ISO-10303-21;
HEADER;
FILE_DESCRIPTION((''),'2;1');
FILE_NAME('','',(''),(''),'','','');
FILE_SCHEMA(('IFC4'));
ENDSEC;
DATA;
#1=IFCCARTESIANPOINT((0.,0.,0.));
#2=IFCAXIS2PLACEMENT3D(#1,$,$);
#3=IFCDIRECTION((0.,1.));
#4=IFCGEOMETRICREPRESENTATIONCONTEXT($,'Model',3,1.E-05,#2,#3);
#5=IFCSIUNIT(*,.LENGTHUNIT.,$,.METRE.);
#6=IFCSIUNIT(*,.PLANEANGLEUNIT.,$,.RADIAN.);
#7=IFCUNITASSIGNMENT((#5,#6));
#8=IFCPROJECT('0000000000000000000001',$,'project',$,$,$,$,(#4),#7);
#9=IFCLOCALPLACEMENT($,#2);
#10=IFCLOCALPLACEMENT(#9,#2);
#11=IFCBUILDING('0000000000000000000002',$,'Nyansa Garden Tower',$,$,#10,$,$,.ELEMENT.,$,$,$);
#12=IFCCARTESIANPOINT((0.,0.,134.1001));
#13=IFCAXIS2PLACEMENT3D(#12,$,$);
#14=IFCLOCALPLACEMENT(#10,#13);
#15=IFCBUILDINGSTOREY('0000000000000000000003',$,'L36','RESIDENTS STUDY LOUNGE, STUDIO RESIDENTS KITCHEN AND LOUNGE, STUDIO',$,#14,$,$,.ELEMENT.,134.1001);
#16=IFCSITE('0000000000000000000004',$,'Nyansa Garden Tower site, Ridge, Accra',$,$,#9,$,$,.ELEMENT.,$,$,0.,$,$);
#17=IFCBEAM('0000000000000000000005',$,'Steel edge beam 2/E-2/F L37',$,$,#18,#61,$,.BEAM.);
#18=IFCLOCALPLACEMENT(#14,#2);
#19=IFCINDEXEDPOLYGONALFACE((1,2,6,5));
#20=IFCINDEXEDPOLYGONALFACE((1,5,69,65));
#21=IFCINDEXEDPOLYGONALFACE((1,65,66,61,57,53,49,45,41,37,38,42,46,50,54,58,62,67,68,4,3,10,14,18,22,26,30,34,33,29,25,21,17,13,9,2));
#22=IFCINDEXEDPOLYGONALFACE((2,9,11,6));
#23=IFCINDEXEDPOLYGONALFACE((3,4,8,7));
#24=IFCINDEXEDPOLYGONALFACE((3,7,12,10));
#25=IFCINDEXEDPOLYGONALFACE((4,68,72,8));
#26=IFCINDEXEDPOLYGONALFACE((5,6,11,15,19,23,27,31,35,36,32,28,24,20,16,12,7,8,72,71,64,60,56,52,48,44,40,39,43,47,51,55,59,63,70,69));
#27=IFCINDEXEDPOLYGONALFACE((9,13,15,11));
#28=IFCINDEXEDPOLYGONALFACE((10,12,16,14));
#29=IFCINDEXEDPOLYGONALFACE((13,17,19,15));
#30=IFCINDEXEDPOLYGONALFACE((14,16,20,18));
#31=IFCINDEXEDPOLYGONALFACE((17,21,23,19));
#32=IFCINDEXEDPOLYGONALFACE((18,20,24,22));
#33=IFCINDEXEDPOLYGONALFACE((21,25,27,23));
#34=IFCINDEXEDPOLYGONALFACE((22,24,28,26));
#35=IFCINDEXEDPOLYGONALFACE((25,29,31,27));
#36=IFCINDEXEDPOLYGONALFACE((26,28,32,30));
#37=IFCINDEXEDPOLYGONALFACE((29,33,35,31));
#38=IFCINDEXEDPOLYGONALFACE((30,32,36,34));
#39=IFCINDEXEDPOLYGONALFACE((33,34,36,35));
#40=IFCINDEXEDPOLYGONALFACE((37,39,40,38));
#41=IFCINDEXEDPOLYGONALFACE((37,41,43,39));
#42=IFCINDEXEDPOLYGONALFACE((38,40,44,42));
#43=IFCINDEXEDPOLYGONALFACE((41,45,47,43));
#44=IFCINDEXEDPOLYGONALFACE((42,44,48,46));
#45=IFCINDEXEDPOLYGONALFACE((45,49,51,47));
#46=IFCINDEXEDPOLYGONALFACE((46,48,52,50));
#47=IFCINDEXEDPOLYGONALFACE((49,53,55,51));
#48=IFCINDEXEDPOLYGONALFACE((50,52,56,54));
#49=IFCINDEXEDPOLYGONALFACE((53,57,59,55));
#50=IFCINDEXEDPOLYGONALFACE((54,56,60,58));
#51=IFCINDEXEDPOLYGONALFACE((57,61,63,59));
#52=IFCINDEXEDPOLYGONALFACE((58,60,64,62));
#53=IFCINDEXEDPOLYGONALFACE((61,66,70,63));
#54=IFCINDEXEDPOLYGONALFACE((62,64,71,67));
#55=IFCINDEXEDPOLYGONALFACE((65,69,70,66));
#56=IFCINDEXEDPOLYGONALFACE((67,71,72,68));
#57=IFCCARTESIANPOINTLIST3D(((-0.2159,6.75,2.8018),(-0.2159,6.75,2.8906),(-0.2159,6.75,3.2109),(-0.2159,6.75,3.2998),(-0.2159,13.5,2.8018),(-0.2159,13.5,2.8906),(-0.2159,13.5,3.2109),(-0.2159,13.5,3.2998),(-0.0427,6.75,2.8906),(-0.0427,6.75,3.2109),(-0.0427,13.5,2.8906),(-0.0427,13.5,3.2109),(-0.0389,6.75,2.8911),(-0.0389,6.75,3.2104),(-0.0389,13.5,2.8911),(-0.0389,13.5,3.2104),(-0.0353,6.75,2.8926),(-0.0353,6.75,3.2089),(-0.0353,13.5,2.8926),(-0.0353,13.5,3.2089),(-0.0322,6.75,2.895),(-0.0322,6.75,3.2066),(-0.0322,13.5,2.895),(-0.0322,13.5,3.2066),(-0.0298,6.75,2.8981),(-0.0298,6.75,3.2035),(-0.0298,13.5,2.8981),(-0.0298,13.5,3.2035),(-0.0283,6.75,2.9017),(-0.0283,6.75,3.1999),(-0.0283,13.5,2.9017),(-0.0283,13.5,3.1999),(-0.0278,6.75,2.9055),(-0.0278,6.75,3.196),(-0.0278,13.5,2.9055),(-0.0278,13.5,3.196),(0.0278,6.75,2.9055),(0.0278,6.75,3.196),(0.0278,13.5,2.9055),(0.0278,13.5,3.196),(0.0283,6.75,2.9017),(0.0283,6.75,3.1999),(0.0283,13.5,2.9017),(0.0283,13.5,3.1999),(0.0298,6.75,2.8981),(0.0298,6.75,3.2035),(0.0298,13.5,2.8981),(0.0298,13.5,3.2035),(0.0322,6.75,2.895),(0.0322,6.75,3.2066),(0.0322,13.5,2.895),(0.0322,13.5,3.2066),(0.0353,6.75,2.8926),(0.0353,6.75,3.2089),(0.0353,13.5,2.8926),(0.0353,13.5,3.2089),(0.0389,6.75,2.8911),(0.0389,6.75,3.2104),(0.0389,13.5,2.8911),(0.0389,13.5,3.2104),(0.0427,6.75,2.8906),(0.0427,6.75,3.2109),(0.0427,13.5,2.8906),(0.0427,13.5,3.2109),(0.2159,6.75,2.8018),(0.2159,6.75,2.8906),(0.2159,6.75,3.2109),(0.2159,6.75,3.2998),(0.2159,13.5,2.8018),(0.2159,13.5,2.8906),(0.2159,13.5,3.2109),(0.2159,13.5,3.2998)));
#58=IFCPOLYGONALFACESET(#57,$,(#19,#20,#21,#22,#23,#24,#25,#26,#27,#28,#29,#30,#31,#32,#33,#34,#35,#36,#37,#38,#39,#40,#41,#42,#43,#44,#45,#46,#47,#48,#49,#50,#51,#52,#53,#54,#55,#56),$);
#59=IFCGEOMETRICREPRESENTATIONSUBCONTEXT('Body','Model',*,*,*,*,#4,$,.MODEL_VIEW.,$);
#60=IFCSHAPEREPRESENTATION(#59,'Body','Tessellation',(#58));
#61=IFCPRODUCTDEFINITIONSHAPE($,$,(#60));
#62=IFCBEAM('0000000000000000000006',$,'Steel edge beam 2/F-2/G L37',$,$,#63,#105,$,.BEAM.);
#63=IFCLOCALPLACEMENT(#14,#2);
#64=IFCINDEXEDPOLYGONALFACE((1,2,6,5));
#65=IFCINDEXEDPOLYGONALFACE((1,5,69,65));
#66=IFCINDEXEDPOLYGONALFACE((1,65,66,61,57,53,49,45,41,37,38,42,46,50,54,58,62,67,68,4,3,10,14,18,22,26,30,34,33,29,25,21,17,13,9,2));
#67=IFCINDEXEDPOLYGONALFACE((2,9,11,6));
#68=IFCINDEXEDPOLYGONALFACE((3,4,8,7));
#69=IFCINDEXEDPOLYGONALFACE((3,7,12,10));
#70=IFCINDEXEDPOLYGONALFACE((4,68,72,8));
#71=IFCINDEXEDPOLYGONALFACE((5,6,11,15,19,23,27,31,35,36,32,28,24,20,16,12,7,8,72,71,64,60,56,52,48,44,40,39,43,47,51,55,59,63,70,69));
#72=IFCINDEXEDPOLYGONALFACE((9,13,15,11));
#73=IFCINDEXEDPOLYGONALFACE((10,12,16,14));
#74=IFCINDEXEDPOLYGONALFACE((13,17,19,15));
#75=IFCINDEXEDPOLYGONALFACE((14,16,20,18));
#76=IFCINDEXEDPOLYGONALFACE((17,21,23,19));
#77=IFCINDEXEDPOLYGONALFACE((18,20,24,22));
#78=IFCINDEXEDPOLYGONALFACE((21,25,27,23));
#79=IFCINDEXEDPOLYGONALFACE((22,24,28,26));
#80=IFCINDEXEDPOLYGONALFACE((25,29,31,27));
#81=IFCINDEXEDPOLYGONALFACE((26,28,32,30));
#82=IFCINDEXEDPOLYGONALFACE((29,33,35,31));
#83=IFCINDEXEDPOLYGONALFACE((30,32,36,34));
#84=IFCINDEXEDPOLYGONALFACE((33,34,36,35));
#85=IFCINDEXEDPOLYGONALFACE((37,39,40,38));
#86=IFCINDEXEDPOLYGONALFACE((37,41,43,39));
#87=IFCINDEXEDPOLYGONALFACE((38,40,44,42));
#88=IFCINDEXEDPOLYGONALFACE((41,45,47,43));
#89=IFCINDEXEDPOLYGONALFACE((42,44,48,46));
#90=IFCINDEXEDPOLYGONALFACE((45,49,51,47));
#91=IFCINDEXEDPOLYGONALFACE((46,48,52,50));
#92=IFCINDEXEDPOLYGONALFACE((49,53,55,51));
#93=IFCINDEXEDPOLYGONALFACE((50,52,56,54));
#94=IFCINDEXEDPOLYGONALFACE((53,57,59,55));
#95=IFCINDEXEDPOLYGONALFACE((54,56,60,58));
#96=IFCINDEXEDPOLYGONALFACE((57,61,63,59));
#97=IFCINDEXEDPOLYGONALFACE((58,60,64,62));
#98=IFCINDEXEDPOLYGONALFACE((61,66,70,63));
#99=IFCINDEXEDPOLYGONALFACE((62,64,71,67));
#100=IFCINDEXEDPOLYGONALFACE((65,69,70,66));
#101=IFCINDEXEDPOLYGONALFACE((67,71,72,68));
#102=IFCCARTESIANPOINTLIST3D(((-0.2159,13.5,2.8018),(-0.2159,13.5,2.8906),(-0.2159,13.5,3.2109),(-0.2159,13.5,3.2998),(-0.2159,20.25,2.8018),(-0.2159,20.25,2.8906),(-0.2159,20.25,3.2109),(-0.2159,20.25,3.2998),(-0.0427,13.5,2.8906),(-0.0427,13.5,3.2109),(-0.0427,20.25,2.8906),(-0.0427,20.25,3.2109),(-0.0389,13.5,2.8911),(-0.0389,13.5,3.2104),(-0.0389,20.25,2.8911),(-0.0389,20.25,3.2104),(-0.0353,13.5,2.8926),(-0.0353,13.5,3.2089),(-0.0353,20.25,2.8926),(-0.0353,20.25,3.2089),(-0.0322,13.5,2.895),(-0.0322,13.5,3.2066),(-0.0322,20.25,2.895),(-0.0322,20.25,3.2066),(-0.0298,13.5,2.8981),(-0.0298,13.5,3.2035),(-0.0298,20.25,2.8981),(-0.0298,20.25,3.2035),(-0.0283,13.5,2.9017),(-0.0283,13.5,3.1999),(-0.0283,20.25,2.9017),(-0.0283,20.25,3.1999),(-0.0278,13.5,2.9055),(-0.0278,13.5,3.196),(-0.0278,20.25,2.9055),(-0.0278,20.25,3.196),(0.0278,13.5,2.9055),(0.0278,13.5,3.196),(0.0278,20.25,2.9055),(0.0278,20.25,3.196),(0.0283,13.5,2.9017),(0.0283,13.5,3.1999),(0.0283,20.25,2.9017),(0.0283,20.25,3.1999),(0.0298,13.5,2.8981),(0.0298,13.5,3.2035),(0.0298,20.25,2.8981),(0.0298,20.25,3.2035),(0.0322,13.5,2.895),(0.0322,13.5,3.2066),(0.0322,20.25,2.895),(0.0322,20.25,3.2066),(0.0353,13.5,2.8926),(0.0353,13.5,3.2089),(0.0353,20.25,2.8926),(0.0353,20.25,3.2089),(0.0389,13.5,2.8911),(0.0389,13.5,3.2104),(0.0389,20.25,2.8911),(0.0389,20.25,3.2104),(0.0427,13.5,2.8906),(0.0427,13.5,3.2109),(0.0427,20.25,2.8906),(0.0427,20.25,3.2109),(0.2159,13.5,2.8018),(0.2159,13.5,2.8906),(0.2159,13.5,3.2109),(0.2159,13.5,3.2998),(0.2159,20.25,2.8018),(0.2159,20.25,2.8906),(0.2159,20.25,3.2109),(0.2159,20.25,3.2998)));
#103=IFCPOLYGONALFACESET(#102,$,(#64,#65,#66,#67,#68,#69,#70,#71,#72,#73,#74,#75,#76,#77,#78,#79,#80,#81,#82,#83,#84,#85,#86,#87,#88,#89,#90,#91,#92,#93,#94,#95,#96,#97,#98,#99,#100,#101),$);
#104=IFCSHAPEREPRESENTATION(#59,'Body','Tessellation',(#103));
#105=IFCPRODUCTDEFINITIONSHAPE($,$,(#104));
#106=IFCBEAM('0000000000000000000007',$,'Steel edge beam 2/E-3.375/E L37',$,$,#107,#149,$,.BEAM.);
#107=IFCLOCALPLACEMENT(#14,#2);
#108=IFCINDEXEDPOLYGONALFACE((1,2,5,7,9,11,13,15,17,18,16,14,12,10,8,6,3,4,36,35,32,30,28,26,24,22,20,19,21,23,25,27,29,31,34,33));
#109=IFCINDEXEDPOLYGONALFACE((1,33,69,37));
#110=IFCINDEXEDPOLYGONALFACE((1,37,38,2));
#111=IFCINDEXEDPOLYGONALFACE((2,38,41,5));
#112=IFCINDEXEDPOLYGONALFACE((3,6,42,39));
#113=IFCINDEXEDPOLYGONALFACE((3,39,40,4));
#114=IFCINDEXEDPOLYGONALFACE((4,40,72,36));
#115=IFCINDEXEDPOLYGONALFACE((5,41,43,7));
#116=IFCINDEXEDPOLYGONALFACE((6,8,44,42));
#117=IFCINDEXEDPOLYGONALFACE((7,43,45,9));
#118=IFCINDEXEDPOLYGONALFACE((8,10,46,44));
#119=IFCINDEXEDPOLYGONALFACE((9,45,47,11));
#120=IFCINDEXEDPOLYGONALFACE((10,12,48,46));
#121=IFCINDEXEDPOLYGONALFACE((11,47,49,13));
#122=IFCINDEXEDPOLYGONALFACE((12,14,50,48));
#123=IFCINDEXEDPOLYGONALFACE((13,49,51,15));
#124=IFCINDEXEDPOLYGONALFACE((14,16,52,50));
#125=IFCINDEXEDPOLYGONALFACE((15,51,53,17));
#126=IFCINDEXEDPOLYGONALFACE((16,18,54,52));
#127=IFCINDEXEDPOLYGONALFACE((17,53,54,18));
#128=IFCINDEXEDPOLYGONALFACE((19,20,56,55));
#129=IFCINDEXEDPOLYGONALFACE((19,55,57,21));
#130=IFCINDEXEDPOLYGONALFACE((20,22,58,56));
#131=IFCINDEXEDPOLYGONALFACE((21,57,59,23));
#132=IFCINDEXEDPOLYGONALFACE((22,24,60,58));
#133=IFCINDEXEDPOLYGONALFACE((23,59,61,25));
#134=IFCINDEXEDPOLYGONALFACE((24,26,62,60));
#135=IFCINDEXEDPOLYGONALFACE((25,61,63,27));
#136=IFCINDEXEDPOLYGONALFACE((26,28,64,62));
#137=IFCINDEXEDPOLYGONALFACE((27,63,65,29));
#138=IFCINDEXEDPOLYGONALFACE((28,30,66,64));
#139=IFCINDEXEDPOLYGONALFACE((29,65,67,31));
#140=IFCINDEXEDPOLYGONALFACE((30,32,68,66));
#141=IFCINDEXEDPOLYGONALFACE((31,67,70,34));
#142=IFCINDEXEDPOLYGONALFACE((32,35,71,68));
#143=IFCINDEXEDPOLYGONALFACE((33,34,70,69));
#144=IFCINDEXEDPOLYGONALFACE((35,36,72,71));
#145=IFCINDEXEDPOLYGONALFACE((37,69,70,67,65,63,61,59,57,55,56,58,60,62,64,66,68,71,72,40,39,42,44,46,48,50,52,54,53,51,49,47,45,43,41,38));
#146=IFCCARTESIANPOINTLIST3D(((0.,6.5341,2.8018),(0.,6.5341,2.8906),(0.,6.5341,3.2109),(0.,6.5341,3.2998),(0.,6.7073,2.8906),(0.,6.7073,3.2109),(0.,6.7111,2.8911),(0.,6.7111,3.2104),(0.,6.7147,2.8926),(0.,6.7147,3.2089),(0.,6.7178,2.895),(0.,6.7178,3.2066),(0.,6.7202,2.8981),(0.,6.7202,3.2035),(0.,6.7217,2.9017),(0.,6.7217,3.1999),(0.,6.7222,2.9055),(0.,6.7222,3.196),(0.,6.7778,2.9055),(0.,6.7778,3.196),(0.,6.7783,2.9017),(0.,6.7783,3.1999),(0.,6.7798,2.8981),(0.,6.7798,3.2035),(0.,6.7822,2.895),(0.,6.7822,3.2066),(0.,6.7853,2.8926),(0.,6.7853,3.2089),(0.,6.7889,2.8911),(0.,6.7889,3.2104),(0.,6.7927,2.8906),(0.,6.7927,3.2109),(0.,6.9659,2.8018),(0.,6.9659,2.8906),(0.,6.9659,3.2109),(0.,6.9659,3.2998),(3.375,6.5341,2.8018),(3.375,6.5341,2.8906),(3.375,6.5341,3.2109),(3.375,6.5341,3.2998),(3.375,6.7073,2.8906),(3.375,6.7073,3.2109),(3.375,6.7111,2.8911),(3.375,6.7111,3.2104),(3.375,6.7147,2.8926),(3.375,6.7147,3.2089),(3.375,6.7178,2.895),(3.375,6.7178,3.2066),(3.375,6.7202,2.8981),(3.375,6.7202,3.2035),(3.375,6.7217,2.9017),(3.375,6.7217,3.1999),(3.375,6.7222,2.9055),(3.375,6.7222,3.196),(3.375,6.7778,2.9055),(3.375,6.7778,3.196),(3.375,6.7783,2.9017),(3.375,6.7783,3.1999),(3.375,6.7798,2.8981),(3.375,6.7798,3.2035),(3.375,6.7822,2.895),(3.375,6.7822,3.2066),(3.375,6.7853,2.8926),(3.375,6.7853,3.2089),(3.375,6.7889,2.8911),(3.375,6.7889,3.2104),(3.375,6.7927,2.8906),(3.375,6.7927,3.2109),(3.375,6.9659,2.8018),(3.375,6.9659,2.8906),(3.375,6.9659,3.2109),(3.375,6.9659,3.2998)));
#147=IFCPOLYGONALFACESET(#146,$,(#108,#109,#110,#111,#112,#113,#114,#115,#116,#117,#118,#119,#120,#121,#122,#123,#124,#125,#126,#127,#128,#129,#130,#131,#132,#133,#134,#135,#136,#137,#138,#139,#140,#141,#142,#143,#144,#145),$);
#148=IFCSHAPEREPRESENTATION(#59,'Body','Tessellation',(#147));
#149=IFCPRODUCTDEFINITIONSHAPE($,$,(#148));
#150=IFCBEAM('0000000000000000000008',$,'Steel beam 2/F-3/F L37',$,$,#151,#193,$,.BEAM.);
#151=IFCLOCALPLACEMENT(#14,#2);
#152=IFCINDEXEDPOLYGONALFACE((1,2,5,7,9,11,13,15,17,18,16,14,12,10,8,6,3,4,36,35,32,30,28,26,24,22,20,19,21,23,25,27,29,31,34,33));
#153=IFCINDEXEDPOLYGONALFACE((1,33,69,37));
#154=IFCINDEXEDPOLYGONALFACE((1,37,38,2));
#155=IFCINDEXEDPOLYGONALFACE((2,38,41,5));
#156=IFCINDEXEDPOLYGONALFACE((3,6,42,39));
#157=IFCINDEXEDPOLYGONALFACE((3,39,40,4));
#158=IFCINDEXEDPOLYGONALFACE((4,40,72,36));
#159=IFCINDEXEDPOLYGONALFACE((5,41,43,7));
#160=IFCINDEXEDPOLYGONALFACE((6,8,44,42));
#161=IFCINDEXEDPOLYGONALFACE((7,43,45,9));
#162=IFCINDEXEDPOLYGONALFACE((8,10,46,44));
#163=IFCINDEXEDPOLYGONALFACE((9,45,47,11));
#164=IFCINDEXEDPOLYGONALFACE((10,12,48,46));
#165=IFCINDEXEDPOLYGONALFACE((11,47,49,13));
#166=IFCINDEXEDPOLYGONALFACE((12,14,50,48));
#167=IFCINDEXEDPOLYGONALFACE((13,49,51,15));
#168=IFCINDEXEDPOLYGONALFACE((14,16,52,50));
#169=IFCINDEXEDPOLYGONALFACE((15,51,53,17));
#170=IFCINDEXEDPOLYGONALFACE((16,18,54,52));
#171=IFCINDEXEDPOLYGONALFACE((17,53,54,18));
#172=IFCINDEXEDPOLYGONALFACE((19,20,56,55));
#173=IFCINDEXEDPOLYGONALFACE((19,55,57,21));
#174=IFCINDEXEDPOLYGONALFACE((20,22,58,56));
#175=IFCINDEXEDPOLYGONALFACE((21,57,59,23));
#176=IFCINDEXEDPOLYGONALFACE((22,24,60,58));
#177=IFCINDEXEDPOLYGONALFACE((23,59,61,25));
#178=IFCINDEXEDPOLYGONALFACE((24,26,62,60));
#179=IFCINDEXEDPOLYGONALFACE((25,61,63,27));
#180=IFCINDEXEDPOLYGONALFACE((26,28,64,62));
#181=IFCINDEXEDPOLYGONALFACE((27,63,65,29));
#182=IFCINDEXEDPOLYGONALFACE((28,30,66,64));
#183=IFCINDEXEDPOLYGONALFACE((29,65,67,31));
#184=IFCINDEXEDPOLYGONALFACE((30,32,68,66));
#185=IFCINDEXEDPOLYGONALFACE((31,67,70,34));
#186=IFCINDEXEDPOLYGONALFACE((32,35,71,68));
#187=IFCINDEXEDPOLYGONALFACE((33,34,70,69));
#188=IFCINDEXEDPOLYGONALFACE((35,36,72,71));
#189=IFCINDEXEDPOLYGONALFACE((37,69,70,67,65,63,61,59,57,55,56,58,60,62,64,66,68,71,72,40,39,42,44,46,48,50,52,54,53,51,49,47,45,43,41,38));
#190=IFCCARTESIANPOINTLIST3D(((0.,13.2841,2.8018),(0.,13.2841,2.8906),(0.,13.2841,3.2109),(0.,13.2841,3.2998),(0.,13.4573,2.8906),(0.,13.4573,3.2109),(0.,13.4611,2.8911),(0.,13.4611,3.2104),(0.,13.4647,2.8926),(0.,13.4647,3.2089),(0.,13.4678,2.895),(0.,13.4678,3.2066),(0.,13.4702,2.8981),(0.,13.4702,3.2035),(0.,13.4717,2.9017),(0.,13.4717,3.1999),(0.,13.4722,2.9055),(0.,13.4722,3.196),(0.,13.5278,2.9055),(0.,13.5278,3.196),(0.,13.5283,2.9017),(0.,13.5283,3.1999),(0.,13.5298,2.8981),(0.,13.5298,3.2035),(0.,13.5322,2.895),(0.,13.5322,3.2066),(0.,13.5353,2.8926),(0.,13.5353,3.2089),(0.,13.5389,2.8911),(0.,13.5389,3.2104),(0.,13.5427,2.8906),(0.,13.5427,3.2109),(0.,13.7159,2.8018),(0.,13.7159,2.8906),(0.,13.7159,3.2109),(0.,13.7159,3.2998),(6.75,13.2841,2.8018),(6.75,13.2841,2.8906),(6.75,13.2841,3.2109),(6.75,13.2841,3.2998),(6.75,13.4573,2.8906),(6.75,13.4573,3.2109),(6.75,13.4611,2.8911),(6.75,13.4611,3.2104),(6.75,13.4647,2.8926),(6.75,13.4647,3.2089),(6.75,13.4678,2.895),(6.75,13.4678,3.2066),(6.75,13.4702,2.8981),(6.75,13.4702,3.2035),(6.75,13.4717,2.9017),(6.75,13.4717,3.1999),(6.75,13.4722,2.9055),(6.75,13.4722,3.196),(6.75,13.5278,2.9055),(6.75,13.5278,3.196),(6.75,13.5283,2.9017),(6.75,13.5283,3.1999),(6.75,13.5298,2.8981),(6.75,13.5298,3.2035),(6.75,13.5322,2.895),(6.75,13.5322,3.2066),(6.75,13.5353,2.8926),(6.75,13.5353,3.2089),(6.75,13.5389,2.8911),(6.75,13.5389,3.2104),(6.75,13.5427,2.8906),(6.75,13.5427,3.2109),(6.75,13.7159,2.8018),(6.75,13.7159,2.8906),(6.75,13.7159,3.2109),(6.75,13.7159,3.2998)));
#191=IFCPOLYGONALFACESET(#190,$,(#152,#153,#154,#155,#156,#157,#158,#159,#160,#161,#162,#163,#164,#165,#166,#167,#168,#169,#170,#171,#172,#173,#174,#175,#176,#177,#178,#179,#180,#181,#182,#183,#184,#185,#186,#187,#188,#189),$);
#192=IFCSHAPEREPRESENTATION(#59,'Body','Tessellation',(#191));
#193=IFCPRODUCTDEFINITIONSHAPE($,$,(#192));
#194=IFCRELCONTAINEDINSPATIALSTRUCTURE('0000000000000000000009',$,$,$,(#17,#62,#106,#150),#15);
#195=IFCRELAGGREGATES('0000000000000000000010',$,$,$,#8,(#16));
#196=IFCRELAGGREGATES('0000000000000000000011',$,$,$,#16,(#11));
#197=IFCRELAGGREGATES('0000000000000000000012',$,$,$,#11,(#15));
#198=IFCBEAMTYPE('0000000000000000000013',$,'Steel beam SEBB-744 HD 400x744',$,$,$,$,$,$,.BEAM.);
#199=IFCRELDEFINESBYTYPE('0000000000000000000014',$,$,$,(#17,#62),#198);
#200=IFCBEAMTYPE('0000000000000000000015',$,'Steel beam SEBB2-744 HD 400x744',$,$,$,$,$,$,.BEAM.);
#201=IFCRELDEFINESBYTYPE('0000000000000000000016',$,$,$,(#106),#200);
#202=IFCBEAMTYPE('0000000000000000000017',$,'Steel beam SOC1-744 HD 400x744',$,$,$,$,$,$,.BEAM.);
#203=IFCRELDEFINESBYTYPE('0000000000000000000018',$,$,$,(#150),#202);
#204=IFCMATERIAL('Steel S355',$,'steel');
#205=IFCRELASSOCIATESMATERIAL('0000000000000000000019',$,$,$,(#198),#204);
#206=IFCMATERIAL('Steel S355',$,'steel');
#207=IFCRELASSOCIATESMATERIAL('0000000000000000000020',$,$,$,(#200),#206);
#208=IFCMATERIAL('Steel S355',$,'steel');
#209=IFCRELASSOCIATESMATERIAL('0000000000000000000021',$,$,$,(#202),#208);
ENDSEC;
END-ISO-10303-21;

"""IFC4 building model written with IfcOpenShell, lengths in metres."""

from ifc_helpers import new_model, si_unit, direction, frame, origin, origin_2d, place, context, subcontext, project, spatial, i_section, extrude, material, material_profile, profile_set, type_object, element, save


model = new_model("IFC4")

# Units and contexts
model_context = context("Model", 3, precision=1e-05, world=origin(), true_north=direction((0.0, 1.0)))
body_context = subcontext(model_context, "Body", "Model", "MODEL_VIEW")
ifc_project = project(units=[si_unit("LENGTHUNIT", "METRE"), si_unit("PLANEANGLEUNIT", "RADIAN")], contexts=[model_context])

# Site, building, storey
site_placement = place(None, origin())
site = spatial("IfcSite", under=ifc_project, at=site_placement, Name="Nyansa Garden Tower site, Ridge, Accra", CompositionType="ELEMENT", RefElevation=0.0)
building_placement = place(site_placement, origin())
building = spatial("IfcBuilding", under=site, at=building_placement, Name="Nyansa Garden Tower", CompositionType="ELEMENT")
storey_placement = place(building_placement, frame((0.0, 0.0, 134.1001)))
storey = spatial("IfcBuildingStorey", under=building, at=storey_placement, Name="L36", Description="RESIDENTS STUDY LOUNGE, STUDIO RESIDENTS KITCHEN AND LOUNGE, STUDIO", CompositionType="ELEMENT", Elevation=134.1001)

# Beams
ifc_material_1 = material(Name="Steel S355", Category="steel")
ifc_material_profile_1 = material_profile(ifc_material_1, i_section(OverallWidth=0.4319, OverallDepth=0.498, WebThickness=0.0557, FlangeThickness=0.0889, FilletRadius=0.0149, at=origin_2d()), Name="HD 400x744")
ifc_profile_set_1 = profile_set([ifc_material_profile_1], Name="Steel S355")
beam_type_1 = type_object("IfcBeamType", Name="Steel beam SEBB-744 HD 400x744", PredefinedType="BEAM", material=ifc_profile_set_1)
for number, where, z_axis, x_axis, name in (
    (1, (0.0, 6.75, 3.0508), (0.0, 1.0, 0.0), (-1.0, 0.0, 0.0), "Steel edge beam 2/E-2/F L37"),
    (2, (0.0, 13.5, 3.0508), (0.0, 1.0, 0.0), (-1.0, 0.0, 0.0), "Steel edge beam 2/F-2/G L37"),
):
    element("IfcBeam", number, at=place(storey_placement, frame(where, z_axis=z_axis, x_axis=x_axis)), inside=storey, type_object=beam_type_1, Name=name, PredefinedType="BEAM", context=body_context, shape_type="SweptSolid", body=[
        extrude(i_section(OverallWidth=0.4319, OverallDepth=0.498, WebThickness=0.0557, FlangeThickness=0.0889, FilletRadius=0.0149, at=origin_2d()), origin(), (0.0, 0.0, 1.0), 6.75),
    ])
ifc_material_2 = material(Name="Steel S355", Category="steel")
ifc_material_profile_2 = material_profile(ifc_material_2, i_section(OverallWidth=0.4319, OverallDepth=0.498, WebThickness=0.0557, FlangeThickness=0.0889, FilletRadius=0.0149, at=origin_2d()), Name="HD 400x744")
ifc_profile_set_2 = profile_set([ifc_material_profile_2], Name="Steel S355")
beam_type_2 = type_object("IfcBeamType", Name="Steel beam SEBB2-744 HD 400x744", PredefinedType="BEAM", material=ifc_profile_set_2)
beam_1_placement = place(storey_placement, frame((0.0, 6.75, 3.0508), z_axis=(1.0, 0.0, 0.0), x_axis=(0.0, 1.0, 0.0)))
element("IfcBeam", 3, at=beam_1_placement, inside=storey, type_object=beam_type_2, Name="Steel edge beam 2/E-3.375/E L37", PredefinedType="BEAM", context=body_context, shape_type="SweptSolid", body=[
    extrude(i_section(OverallWidth=0.4319, OverallDepth=0.498, WebThickness=0.0557, FlangeThickness=0.0889, FilletRadius=0.0149, at=origin_2d()), origin(), (0.0, 0.0, 1.0), 3.375),
])
ifc_material_3 = material(Name="Steel S355", Category="steel")
ifc_material_profile_3 = material_profile(ifc_material_3, i_section(OverallWidth=0.4319, OverallDepth=0.498, WebThickness=0.0557, FlangeThickness=0.0889, FilletRadius=0.0149, at=origin_2d()), Name="HD 400x744")
ifc_profile_set_3 = profile_set([ifc_material_profile_3], Name="Steel S355")
beam_type_3 = type_object("IfcBeamType", Name="Steel beam SOC1-744 HD 400x744", PredefinedType="BEAM", material=ifc_profile_set_3)
beam_2_placement = place(storey_placement, frame((0.0, 13.5, 3.0508), z_axis=(1.0, 0.0, 0.0), x_axis=(0.0, 1.0, 0.0)))
element("IfcBeam", 4, at=beam_2_placement, inside=storey, type_object=beam_type_3, Name="Steel beam 2/F-3/F L37", PredefinedType="BEAM", context=body_context, shape_type="SweptSolid", body=[
    extrude(i_section(OverallWidth=0.4319, OverallDepth=0.498, WebThickness=0.0557, FlangeThickness=0.0889, FilletRadius=0.0149, at=origin_2d()), origin(), (0.0, 0.0, 1.0), 6.75),
])

save(model, "model.ifc")
